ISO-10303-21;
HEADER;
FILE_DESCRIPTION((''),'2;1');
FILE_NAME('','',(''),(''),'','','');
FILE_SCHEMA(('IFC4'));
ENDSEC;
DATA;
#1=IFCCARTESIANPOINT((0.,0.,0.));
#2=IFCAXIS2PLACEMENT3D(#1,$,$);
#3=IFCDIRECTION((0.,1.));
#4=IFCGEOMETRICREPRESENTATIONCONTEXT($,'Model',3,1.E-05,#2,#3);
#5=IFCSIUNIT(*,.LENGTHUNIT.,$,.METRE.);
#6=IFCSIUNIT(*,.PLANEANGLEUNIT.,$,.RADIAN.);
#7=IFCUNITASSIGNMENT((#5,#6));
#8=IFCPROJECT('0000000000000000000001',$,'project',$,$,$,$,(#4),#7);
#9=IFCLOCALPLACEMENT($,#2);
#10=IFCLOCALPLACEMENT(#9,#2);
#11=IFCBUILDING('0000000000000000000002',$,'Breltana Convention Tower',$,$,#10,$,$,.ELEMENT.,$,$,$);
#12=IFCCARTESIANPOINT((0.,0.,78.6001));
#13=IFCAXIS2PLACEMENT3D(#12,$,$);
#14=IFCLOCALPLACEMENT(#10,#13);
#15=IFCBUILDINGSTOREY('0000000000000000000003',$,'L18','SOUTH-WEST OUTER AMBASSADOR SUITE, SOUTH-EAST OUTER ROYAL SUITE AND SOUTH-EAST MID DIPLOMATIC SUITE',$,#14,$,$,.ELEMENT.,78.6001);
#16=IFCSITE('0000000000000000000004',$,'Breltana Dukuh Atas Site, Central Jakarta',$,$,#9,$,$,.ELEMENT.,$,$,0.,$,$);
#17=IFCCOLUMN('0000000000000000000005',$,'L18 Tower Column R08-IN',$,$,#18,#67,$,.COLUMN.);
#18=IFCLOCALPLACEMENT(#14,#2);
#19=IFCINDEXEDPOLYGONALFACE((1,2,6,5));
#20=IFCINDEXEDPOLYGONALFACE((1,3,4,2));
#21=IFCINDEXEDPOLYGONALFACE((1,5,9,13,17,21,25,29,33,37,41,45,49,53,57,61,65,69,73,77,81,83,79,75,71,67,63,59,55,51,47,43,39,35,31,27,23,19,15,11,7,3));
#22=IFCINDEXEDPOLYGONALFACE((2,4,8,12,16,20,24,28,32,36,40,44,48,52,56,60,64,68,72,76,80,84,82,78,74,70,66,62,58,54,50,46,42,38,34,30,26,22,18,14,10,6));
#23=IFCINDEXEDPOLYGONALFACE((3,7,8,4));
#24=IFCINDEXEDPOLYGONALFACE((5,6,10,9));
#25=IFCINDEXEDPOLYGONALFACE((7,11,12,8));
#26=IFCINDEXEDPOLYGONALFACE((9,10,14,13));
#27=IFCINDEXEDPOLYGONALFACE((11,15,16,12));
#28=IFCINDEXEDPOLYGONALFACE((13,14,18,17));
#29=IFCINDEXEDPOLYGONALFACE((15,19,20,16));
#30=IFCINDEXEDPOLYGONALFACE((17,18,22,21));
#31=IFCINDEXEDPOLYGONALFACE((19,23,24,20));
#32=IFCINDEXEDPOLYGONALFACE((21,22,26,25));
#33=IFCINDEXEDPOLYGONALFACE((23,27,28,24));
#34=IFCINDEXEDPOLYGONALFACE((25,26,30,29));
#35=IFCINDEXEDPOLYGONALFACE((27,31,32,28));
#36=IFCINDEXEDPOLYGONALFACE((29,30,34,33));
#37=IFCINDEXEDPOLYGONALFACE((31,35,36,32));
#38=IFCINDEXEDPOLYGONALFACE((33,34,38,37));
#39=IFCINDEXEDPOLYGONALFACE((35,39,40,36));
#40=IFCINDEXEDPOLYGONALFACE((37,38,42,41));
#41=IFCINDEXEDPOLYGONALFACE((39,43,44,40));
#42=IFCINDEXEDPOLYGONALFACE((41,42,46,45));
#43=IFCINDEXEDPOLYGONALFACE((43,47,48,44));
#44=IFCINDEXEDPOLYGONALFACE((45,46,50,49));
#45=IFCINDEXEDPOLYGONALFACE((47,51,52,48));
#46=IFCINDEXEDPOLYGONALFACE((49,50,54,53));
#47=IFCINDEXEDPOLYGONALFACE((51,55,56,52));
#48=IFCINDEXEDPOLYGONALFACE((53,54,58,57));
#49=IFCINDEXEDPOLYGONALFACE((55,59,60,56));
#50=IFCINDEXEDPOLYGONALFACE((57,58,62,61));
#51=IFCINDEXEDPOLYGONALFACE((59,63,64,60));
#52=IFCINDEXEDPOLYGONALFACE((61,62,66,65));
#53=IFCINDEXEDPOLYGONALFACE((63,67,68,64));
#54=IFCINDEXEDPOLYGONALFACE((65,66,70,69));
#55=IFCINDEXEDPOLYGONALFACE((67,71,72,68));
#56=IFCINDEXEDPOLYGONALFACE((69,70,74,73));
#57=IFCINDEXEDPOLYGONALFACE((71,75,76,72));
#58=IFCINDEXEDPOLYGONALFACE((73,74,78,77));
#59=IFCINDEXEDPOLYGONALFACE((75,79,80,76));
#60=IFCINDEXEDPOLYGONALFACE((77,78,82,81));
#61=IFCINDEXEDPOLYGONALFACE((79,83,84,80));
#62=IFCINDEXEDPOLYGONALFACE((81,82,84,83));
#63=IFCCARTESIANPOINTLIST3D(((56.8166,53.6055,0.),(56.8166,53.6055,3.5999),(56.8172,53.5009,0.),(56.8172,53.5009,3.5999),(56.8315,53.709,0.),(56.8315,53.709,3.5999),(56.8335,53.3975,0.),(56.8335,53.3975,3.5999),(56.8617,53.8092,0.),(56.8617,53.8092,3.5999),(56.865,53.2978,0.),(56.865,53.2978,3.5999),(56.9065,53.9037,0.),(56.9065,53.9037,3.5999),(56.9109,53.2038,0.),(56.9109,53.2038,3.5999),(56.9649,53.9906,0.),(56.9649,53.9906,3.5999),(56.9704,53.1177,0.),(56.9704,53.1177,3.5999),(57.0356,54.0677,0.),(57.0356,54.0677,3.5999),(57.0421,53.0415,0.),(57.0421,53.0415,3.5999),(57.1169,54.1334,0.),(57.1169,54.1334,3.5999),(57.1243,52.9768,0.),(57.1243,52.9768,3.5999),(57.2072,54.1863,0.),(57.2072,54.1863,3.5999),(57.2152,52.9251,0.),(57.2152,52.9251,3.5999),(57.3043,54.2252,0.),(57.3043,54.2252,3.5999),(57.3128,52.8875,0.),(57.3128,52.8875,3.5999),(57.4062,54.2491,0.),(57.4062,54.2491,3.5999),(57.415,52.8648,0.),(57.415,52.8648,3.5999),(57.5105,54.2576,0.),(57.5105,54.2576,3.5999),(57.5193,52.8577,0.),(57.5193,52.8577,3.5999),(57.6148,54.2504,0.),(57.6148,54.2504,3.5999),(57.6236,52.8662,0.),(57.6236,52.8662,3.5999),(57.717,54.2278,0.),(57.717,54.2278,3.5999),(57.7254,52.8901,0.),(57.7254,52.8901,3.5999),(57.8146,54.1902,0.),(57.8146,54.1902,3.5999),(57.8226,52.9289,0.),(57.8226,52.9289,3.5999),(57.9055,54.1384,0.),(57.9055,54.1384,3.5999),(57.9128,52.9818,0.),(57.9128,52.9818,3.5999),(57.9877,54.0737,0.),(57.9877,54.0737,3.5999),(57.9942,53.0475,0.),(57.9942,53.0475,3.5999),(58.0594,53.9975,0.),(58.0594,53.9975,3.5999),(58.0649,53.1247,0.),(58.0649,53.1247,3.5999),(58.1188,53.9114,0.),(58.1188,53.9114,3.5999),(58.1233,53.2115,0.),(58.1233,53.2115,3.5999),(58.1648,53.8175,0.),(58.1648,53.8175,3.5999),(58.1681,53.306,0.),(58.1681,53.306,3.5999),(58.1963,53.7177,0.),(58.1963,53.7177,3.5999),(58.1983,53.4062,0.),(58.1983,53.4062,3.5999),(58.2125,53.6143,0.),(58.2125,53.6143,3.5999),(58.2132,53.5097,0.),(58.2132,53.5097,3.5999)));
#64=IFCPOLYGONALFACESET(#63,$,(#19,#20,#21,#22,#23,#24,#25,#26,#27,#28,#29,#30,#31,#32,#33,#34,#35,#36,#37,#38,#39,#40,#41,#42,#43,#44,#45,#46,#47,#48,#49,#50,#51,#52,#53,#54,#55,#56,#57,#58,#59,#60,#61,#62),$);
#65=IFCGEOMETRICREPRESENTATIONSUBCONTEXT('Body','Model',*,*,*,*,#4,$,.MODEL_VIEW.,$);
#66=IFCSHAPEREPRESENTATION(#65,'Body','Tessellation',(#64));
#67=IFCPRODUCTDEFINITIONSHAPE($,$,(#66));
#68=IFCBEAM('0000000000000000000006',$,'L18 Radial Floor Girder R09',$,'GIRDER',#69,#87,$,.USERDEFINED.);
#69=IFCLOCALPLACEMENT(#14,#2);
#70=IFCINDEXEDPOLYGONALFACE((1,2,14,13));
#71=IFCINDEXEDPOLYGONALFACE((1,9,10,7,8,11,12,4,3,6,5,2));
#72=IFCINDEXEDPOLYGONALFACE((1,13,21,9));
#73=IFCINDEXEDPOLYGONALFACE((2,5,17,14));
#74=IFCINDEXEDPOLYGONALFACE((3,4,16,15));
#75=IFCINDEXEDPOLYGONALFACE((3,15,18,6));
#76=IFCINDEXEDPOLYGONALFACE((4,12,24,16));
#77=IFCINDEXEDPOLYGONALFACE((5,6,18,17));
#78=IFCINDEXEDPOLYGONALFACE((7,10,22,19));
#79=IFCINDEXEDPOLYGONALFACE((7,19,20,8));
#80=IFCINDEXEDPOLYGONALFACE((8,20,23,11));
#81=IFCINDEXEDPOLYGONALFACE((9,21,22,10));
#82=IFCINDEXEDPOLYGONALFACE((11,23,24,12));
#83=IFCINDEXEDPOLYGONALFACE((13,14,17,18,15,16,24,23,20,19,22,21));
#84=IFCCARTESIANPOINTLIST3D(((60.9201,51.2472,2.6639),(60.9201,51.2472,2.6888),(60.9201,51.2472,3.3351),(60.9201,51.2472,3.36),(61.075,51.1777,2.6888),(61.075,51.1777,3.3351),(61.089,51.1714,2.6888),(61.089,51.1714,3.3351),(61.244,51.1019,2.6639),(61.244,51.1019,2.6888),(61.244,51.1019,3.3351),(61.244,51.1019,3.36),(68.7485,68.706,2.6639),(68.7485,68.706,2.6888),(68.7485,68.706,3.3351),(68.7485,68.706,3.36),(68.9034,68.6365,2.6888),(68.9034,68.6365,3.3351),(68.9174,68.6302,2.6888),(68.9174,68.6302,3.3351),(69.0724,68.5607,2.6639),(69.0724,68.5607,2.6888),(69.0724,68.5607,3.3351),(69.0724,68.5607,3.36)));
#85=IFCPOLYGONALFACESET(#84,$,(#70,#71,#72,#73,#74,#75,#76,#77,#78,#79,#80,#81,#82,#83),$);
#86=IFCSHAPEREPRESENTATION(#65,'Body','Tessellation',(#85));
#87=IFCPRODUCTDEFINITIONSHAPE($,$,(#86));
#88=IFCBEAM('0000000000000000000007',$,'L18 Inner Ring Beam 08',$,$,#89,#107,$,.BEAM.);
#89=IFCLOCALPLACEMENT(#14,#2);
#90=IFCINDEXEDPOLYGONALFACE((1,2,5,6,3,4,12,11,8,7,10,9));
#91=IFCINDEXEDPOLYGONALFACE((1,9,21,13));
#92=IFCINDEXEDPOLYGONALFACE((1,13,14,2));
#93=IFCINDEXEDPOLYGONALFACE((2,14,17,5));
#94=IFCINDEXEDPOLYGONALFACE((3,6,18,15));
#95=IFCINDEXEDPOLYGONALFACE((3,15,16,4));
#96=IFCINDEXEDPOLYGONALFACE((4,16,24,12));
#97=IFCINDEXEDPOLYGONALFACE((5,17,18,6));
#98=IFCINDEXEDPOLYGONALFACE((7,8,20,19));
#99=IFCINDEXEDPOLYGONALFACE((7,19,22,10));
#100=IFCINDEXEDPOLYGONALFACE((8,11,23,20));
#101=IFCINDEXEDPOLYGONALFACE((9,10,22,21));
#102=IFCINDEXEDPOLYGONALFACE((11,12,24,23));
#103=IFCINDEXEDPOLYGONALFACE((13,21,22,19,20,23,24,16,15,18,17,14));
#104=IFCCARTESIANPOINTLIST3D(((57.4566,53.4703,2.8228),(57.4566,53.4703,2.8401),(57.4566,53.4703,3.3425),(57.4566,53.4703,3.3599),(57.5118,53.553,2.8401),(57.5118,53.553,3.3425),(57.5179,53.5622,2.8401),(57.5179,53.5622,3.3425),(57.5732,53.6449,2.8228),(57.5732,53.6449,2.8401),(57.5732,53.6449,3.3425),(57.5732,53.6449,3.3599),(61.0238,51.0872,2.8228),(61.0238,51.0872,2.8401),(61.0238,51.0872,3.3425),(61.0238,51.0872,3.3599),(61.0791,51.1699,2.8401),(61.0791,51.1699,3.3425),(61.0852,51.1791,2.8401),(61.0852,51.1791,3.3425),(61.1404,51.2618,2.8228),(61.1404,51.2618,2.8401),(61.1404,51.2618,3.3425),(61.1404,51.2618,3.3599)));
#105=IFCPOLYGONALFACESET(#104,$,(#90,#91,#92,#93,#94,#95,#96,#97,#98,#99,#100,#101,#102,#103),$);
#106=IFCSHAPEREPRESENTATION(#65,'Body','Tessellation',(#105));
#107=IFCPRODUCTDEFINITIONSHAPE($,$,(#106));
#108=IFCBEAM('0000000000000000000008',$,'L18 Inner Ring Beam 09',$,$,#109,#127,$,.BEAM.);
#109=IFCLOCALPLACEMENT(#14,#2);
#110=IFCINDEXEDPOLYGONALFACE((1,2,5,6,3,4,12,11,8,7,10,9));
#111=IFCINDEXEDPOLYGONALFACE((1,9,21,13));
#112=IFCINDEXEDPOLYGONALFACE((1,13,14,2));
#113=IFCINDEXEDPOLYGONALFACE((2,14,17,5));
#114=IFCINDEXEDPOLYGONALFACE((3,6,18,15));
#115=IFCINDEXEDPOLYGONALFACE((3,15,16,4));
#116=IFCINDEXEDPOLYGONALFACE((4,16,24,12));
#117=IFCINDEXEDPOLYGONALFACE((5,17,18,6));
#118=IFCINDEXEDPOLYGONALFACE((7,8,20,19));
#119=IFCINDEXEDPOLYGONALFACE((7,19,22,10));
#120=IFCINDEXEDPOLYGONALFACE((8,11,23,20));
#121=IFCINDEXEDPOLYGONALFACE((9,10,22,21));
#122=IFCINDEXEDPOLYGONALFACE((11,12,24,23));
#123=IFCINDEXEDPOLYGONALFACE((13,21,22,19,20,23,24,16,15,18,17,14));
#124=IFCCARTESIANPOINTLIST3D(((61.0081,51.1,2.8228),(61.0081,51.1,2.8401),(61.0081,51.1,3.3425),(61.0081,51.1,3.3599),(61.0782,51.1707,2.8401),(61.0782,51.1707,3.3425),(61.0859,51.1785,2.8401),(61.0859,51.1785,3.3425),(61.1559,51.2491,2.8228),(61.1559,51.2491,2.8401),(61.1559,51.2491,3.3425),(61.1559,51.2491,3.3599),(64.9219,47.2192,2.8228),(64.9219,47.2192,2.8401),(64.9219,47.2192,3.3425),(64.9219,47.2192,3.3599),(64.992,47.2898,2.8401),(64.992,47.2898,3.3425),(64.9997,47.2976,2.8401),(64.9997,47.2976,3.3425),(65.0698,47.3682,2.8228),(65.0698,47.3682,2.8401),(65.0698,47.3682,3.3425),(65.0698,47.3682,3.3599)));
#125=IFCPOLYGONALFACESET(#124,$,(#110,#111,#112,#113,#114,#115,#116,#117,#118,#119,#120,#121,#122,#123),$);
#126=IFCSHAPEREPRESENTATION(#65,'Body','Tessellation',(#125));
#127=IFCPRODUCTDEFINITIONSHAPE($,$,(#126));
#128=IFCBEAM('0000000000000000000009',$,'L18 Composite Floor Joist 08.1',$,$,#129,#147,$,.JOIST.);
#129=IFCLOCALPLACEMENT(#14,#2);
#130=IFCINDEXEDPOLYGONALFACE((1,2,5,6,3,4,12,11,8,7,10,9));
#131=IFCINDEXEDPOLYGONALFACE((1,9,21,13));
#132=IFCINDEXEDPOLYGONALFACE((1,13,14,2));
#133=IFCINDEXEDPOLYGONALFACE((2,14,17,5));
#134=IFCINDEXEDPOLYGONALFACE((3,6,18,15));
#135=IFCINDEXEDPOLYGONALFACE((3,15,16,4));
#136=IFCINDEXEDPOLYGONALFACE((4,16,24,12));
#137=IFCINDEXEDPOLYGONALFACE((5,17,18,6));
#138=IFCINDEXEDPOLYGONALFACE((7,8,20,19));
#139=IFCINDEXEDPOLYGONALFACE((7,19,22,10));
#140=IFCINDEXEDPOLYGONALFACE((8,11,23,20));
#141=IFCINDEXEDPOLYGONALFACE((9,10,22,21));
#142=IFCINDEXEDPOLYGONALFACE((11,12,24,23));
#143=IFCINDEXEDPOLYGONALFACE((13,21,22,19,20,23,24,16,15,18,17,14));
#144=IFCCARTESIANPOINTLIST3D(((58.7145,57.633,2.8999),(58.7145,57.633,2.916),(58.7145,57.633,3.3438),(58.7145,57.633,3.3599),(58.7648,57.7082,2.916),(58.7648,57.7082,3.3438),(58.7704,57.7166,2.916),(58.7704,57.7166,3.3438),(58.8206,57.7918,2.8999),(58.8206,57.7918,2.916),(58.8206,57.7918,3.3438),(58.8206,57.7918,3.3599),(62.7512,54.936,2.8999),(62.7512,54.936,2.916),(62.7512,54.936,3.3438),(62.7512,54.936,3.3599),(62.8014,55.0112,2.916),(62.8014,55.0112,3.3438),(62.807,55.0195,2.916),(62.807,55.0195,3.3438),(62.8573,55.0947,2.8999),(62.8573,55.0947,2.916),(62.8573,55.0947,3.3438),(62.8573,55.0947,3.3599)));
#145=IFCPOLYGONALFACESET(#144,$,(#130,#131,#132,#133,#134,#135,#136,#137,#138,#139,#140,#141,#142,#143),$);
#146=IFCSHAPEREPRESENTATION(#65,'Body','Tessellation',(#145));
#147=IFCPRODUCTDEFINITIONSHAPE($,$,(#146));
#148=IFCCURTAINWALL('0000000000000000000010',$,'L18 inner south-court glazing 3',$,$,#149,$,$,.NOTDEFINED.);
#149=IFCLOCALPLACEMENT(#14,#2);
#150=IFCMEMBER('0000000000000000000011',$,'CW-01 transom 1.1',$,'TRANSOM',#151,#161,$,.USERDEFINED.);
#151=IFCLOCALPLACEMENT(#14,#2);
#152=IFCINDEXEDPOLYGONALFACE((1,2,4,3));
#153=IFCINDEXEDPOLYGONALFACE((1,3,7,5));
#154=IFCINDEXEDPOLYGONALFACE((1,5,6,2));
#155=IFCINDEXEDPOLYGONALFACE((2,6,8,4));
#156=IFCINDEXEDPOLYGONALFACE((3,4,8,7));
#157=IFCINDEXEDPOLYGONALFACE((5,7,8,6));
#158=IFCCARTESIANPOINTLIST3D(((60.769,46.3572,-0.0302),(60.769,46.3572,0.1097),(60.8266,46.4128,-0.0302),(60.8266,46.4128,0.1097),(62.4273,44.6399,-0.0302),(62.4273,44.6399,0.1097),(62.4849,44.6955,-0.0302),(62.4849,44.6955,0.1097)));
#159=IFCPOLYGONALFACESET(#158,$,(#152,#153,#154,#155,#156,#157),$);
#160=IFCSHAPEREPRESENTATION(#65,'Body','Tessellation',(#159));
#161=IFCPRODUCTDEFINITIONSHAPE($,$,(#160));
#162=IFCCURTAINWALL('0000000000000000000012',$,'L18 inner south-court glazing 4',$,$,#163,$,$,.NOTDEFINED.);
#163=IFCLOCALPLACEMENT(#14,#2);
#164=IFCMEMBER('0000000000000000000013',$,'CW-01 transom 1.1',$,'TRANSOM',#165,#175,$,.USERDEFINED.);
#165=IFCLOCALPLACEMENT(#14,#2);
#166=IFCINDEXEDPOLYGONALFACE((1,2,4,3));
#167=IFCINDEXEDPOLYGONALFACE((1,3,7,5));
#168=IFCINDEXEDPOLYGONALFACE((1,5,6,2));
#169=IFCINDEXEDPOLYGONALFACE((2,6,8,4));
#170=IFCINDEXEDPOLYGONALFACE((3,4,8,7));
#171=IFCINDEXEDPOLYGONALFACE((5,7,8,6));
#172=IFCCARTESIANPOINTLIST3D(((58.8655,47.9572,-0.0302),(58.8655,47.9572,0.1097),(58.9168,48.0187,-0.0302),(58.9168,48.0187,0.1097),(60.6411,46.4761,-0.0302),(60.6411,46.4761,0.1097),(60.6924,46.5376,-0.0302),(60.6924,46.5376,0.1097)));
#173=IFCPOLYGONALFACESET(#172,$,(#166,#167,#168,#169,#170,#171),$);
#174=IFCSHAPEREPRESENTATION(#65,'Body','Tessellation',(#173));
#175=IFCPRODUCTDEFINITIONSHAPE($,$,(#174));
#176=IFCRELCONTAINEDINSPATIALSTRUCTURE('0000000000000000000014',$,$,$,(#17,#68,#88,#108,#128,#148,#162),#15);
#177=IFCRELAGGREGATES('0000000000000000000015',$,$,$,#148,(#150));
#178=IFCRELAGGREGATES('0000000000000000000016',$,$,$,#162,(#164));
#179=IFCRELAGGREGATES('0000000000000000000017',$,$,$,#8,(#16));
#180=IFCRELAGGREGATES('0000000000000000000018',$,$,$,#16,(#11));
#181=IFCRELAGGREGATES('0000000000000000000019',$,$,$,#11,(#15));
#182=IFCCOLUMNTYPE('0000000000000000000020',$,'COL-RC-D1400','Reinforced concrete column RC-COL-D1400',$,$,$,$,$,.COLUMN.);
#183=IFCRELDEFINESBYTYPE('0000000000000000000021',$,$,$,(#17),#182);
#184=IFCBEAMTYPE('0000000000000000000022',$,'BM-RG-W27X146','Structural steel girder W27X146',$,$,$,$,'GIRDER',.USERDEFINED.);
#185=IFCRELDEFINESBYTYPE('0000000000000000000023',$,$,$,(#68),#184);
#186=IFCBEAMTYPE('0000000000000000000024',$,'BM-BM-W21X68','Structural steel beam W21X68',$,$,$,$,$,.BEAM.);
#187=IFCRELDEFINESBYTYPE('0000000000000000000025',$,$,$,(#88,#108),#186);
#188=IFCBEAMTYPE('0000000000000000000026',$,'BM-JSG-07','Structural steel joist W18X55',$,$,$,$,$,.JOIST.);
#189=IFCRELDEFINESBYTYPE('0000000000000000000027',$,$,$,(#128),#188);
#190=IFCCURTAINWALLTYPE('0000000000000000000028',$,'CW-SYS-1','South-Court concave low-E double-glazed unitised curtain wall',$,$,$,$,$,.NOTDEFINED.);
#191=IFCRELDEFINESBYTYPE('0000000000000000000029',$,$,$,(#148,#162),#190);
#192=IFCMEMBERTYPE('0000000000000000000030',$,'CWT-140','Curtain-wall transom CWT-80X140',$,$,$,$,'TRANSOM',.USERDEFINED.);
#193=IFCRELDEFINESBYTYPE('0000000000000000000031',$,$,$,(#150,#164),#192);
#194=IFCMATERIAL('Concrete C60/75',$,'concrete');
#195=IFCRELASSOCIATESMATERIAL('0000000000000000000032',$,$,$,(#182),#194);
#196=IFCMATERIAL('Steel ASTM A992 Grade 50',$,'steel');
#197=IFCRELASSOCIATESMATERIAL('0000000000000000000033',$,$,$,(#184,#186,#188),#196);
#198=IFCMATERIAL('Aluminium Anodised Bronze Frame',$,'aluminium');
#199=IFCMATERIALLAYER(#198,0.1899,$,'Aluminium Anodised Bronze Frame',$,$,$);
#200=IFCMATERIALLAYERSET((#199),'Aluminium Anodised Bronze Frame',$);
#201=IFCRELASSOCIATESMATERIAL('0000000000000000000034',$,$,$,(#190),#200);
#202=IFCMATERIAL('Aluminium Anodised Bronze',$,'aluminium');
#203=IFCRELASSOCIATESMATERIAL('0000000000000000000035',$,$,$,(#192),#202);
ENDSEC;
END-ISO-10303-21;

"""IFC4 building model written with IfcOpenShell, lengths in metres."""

from ifc_helpers import new_model, si_unit, direction, frame, origin, origin_2d, place, context, subcontext, project, spatial, rectangle, circle, i_section, extrude, source, transform, mapped, material, layer, layer_set, material_profile, profile_set, type_object, type_shapes, element, aggregate, save


model = new_model("IFC4")

# Units and contexts
model_context = context("Model", 3, precision=1e-05, world=origin(), true_north=direction((0.0, 1.0)))
body_context = subcontext(model_context, "Body", "Model", "MODEL_VIEW")
ifc_project = project(units=[si_unit("LENGTHUNIT", "METRE"), si_unit("PLANEANGLEUNIT", "RADIAN")], contexts=[model_context])

# Site, building, storey
site_placement = place(None, origin())
site = spatial("IfcSite", under=ifc_project, at=site_placement, Name="Breltana Dukuh Atas Site, Central Jakarta", CompositionType="ELEMENT", RefElevation=0.0)
building_placement = place(site_placement, origin())
building = spatial("IfcBuilding", under=site, at=building_placement, Name="Breltana Convention Tower", CompositionType="ELEMENT")
storey_placement = place(building_placement, frame((0.0, 0.0, 78.6001)))
storey = spatial("IfcBuildingStorey", under=building, at=storey_placement, Name="L18", Description="SOUTH-WEST OUTER AMBASSADOR SUITE, SOUTH-EAST OUTER ROYAL SUITE AND SOUTH-EAST MID DIPLOMATIC SUITE", CompositionType="ELEMENT", Elevation=78.6001)

# Column
ifc_material_1 = material(Name="Concrete C60/75", Category="concrete")
ifc_material_profile_1 = material_profile(ifc_material_1, circle(Radius=0.7, at=origin_2d()), Name="RC-COL-D1400")
ifc_profile_set_1 = profile_set([ifc_material_profile_1], Name="Concrete C60/75")
column_type = type_object("IfcColumnType", Name="COL-RC-D1400", Description="Reinforced concrete column RC-COL-D1400", PredefinedType="COLUMN", material=ifc_profile_set_1)
shared_shape_1 = source(origin(), body_context, "Body", "SweptSolid", [
    extrude(circle(Radius=0.7, at=origin_2d()), origin(), (0.0, 0.0, 1.0), 3.5999),
])
for number, where, z_axis, x_axis, name in (
    (1, (57.5149, 53.5576, 0.0), (0.0, 0.0, 1.0), (0.288698, 0.95742, 0.0), "L18 Tower Column R08-IN"),
):
    element("IfcColumn", number, at=place(storey_placement, frame(where, z_axis=z_axis, x_axis=x_axis)), inside=storey, type_object=column_type, Name=name, PredefinedType="COLUMN", context=body_context, shape_type="MappedRepresentation", body=[
        mapped(shared_shape_1, transform((0.0, 0.0, 0.0), scale=1.0)),
    ])

# Beams
ifc_material_2 = material(Name="Steel ASTM A992 Grade 50", Category="steel")
ifc_material_profile_2 = material_profile(ifc_material_2, i_section(OverallWidth=0.355, OverallDepth=0.696, WebThickness=0.0154, FlangeThickness=0.0249, at=origin_2d()), Name="W27X146")
ifc_profile_set_2 = profile_set([ifc_material_profile_2], Name="Steel ASTM A992 Grade 50")
beam_type_1 = type_object("IfcBeamType", Name="BM-RG-W27X146", Description="Structural steel girder W27X146", ElementType="GIRDER", PredefinedType="USERDEFINED", material=ifc_profile_set_2)
shared_shape_2 = source(origin(), body_context, "Body", "SweptSolid", [
    extrude(i_section(OverallWidth=0.355, OverallDepth=0.696, WebThickness=0.0154, FlangeThickness=0.0249, at=origin_2d()), origin(), (0.0, 0.0, 1.0), 19.1335),
])
beam_1_placement = place(storey_placement, frame((61.082, 51.1746, 3.012), z_axis=(0.409145, 0.91247, 0.0), x_axis=(-0.91247, 0.409145, 0.0)))
element("IfcBeam", 2, at=beam_1_placement, inside=storey, type_object=beam_type_1, Name="L18 Radial Floor Girder R09", ObjectType="GIRDER", PredefinedType="USERDEFINED", context=body_context, shape_type="MappedRepresentation", body=[
    mapped(shared_shape_2, transform((0.0, 0.0, 0.0), scale=1.0)),
])
ifc_material_profile_3 = material_profile(ifc_material_2, i_section(OverallWidth=0.21, OverallDepth=0.5371, WebThickness=0.011, FlangeThickness=0.0173, at=origin_2d()), Name="W21X68")
ifc_profile_set_3 = profile_set([ifc_material_profile_3], Name="Steel ASTM A992 Grade 50")
beam_type_2 = type_object("IfcBeamType", Name="BM-BM-W21X68", Description="Structural steel beam W21X68", PredefinedType="BEAM", material=ifc_profile_set_3)
shared_shape_3 = source(origin(), body_context, "Body", "SweptSolid", [
    extrude(i_section(OverallWidth=0.21, OverallDepth=0.5371, WebThickness=0.011, FlangeThickness=0.0173, at=origin_2d()), origin(), (0.0, 0.0, 1.0), 4.29),
])
beam_2_placement = place(storey_placement, frame((57.5149, 53.5576, 3.0913), z_axis=(0.831516, -0.555501, 0.0), x_axis=(0.555501, 0.831516, 0.0)))
element("IfcBeam", 3, at=beam_2_placement, inside=storey, type_object=beam_type_2, Name="L18 Inner Ring Beam 08", PredefinedType="BEAM", context=body_context, shape_type="MappedRepresentation", body=[
    mapped(shared_shape_3, transform((0.0, 0.0, 0.0), scale=1.0)),
])
shared_shape_4 = source(origin(), body_context, "Body", "SweptSolid", [
    extrude(i_section(OverallWidth=0.21, OverallDepth=0.5371, WebThickness=0.011, FlangeThickness=0.0173, at=origin_2d()), origin(), (0.0, 0.0, 1.0), 5.5117),
])
beam_3_placement = place(storey_placement, frame((61.082, 51.1746, 3.0913), z_axis=(0.71009, -0.704111, 0.0), x_axis=(0.704111, 0.71009, 0.0)))
element("IfcBeam", 4, at=beam_3_placement, inside=storey, type_object=beam_type_2, Name="L18 Inner Ring Beam 09", PredefinedType="BEAM", context=body_context, shape_type="MappedRepresentation", body=[
    mapped(shared_shape_4, transform((0.0, 0.0, 0.0), scale=1.0)),
])
ifc_material_profile_4 = material_profile(ifc_material_2, i_section(OverallWidth=0.1909, OverallDepth=0.46, WebThickness=0.01, FlangeThickness=0.0161, at=origin_2d()), Name="W18X55")
ifc_profile_set_4 = profile_set([ifc_material_profile_4], Name="Steel ASTM A992 Grade 50")
beam_type_3 = type_object("IfcBeamType", Name="BM-JSG-07", Description="Structural steel joist W18X55", PredefinedType="JOIST", material=ifc_profile_set_4)
shared_shape_5 = source(origin(), body_context, "Body", "SweptSolid", [
    extrude(i_section(OverallWidth=0.1909, OverallDepth=0.46, WebThickness=0.01, FlangeThickness=0.0161, at=origin_2d()), origin(), (0.0, 0.0, 1.0), 4.8547),
])
beam_4_placement = place(storey_placement, frame((58.7676, 57.7124, 3.1299), z_axis=(0.831485, -0.555547, 0.0), x_axis=(0.555547, 0.831485, 0.0)))
element("IfcBeam", 5, at=beam_4_placement, inside=storey, type_object=beam_type_3, Name="L18 Composite Floor Joist 08.1", PredefinedType="JOIST", context=body_context, shape_type="MappedRepresentation", body=[
    mapped(shared_shape_5, transform((0.0, 0.0, 0.0), scale=1.0)),
])

# Curtain wall, member
ifc_material_3 = material(Name="Aluminium Anodised Bronze Frame", Category="aluminium")
ifc_layer_1 = layer(ifc_material_3, 0.1899, Name="Aluminium Anodised Bronze Frame")
ifc_layer_set_1 = layer_set([ifc_layer_1], Name="Aluminium Anodised Bronze Frame")
curtain_wall_type = type_object("IfcCurtainWallType", Name="CW-SYS-1", Description="South-Court concave low-E double-glazed unitised curtain wall", PredefinedType="NOTDEFINED", material=ifc_layer_set_1)
curtain_wall_1_placement = place(storey_placement, origin())
curtain_wall_1 = element("IfcCurtainWall", 6, at=curtain_wall_1_placement, inside=storey, type_object=curtain_wall_type, Name="L18 inner south-court glazing 3", PredefinedType="NOTDEFINED")
ifc_material_4 = material(Name="Aluminium Anodised Bronze", Category="aluminium")
ifc_material_profile_5 = material_profile(ifc_material_4, rectangle(XDim=0.0801, YDim=0.1399, at=origin_2d()), Name="CWT-80X140")
ifc_profile_set_5 = profile_set([ifc_material_profile_5], Name="Aluminium Anodised Bronze")
member_type_1 = type_object("IfcMemberType", Name="CWT-140", Description="Curtain-wall transom CWT-80X140", ElementType="TRANSOM", PredefinedType="USERDEFINED", material=ifc_profile_set_5)
shared_shape_6 = source(origin(), body_context, "Body", "SweptSolid", [
    extrude(rectangle(XDim=0.0801, YDim=0.1399, at=origin_2d()), origin(), (0.0, 0.0, 1.0), 2.3872),
])
type_shapes(member_type_1, [shared_shape_6])
member_1_placement = place(storey_placement, frame((62.4561, 44.6677, 0.0398), z_axis=(-0.694624, 0.719373, 0.0), x_axis=(-0.719373, -0.694624, 0.0)))
member_1 = element("IfcMember", 7, at=member_1_placement, type_object=member_type_1, Name="CW-01 transom 1.1", ObjectType="TRANSOM", PredefinedType="USERDEFINED", context=body_context, shape_type="MappedRepresentation", body=[
    mapped(shared_shape_6, transform((0.0, 0.0, 0.0), scale=1.0)),
])

# Curtain wall, member
curtain_wall_2_placement = place(storey_placement, origin())
curtain_wall_2 = element("IfcCurtainWall", 8, at=curtain_wall_2_placement, inside=storey, type_object=curtain_wall_type, Name="L18 inner south-court glazing 4", PredefinedType="NOTDEFINED")
shared_shape_7 = source(origin(), body_context, "Body", "SweptSolid", [
    extrude(rectangle(XDim=0.0801, YDim=0.1399, at=origin_2d()), origin(), (0.0, 0.0, 1.0), 2.3123),
])
member_2_placement = place(storey_placement, frame((60.6667, 46.5068, 0.0398), z_axis=(-0.767901, 0.640569, 0.0), x_axis=(-0.640569, -0.767901, 0.0)))
member_2 = element("IfcMember", 9, at=member_2_placement, type_object=member_type_1, Name="CW-01 transom 1.1", ObjectType="TRANSOM", PredefinedType="USERDEFINED", context=body_context, shape_type="MappedRepresentation", body=[
    mapped(shared_shape_7, transform((0.0, 0.0, 0.0), scale=1.0)),
])

aggregate(curtain_wall_1, [member_1])
aggregate(curtain_wall_2, [member_2])

save(model, "model.ifc")
